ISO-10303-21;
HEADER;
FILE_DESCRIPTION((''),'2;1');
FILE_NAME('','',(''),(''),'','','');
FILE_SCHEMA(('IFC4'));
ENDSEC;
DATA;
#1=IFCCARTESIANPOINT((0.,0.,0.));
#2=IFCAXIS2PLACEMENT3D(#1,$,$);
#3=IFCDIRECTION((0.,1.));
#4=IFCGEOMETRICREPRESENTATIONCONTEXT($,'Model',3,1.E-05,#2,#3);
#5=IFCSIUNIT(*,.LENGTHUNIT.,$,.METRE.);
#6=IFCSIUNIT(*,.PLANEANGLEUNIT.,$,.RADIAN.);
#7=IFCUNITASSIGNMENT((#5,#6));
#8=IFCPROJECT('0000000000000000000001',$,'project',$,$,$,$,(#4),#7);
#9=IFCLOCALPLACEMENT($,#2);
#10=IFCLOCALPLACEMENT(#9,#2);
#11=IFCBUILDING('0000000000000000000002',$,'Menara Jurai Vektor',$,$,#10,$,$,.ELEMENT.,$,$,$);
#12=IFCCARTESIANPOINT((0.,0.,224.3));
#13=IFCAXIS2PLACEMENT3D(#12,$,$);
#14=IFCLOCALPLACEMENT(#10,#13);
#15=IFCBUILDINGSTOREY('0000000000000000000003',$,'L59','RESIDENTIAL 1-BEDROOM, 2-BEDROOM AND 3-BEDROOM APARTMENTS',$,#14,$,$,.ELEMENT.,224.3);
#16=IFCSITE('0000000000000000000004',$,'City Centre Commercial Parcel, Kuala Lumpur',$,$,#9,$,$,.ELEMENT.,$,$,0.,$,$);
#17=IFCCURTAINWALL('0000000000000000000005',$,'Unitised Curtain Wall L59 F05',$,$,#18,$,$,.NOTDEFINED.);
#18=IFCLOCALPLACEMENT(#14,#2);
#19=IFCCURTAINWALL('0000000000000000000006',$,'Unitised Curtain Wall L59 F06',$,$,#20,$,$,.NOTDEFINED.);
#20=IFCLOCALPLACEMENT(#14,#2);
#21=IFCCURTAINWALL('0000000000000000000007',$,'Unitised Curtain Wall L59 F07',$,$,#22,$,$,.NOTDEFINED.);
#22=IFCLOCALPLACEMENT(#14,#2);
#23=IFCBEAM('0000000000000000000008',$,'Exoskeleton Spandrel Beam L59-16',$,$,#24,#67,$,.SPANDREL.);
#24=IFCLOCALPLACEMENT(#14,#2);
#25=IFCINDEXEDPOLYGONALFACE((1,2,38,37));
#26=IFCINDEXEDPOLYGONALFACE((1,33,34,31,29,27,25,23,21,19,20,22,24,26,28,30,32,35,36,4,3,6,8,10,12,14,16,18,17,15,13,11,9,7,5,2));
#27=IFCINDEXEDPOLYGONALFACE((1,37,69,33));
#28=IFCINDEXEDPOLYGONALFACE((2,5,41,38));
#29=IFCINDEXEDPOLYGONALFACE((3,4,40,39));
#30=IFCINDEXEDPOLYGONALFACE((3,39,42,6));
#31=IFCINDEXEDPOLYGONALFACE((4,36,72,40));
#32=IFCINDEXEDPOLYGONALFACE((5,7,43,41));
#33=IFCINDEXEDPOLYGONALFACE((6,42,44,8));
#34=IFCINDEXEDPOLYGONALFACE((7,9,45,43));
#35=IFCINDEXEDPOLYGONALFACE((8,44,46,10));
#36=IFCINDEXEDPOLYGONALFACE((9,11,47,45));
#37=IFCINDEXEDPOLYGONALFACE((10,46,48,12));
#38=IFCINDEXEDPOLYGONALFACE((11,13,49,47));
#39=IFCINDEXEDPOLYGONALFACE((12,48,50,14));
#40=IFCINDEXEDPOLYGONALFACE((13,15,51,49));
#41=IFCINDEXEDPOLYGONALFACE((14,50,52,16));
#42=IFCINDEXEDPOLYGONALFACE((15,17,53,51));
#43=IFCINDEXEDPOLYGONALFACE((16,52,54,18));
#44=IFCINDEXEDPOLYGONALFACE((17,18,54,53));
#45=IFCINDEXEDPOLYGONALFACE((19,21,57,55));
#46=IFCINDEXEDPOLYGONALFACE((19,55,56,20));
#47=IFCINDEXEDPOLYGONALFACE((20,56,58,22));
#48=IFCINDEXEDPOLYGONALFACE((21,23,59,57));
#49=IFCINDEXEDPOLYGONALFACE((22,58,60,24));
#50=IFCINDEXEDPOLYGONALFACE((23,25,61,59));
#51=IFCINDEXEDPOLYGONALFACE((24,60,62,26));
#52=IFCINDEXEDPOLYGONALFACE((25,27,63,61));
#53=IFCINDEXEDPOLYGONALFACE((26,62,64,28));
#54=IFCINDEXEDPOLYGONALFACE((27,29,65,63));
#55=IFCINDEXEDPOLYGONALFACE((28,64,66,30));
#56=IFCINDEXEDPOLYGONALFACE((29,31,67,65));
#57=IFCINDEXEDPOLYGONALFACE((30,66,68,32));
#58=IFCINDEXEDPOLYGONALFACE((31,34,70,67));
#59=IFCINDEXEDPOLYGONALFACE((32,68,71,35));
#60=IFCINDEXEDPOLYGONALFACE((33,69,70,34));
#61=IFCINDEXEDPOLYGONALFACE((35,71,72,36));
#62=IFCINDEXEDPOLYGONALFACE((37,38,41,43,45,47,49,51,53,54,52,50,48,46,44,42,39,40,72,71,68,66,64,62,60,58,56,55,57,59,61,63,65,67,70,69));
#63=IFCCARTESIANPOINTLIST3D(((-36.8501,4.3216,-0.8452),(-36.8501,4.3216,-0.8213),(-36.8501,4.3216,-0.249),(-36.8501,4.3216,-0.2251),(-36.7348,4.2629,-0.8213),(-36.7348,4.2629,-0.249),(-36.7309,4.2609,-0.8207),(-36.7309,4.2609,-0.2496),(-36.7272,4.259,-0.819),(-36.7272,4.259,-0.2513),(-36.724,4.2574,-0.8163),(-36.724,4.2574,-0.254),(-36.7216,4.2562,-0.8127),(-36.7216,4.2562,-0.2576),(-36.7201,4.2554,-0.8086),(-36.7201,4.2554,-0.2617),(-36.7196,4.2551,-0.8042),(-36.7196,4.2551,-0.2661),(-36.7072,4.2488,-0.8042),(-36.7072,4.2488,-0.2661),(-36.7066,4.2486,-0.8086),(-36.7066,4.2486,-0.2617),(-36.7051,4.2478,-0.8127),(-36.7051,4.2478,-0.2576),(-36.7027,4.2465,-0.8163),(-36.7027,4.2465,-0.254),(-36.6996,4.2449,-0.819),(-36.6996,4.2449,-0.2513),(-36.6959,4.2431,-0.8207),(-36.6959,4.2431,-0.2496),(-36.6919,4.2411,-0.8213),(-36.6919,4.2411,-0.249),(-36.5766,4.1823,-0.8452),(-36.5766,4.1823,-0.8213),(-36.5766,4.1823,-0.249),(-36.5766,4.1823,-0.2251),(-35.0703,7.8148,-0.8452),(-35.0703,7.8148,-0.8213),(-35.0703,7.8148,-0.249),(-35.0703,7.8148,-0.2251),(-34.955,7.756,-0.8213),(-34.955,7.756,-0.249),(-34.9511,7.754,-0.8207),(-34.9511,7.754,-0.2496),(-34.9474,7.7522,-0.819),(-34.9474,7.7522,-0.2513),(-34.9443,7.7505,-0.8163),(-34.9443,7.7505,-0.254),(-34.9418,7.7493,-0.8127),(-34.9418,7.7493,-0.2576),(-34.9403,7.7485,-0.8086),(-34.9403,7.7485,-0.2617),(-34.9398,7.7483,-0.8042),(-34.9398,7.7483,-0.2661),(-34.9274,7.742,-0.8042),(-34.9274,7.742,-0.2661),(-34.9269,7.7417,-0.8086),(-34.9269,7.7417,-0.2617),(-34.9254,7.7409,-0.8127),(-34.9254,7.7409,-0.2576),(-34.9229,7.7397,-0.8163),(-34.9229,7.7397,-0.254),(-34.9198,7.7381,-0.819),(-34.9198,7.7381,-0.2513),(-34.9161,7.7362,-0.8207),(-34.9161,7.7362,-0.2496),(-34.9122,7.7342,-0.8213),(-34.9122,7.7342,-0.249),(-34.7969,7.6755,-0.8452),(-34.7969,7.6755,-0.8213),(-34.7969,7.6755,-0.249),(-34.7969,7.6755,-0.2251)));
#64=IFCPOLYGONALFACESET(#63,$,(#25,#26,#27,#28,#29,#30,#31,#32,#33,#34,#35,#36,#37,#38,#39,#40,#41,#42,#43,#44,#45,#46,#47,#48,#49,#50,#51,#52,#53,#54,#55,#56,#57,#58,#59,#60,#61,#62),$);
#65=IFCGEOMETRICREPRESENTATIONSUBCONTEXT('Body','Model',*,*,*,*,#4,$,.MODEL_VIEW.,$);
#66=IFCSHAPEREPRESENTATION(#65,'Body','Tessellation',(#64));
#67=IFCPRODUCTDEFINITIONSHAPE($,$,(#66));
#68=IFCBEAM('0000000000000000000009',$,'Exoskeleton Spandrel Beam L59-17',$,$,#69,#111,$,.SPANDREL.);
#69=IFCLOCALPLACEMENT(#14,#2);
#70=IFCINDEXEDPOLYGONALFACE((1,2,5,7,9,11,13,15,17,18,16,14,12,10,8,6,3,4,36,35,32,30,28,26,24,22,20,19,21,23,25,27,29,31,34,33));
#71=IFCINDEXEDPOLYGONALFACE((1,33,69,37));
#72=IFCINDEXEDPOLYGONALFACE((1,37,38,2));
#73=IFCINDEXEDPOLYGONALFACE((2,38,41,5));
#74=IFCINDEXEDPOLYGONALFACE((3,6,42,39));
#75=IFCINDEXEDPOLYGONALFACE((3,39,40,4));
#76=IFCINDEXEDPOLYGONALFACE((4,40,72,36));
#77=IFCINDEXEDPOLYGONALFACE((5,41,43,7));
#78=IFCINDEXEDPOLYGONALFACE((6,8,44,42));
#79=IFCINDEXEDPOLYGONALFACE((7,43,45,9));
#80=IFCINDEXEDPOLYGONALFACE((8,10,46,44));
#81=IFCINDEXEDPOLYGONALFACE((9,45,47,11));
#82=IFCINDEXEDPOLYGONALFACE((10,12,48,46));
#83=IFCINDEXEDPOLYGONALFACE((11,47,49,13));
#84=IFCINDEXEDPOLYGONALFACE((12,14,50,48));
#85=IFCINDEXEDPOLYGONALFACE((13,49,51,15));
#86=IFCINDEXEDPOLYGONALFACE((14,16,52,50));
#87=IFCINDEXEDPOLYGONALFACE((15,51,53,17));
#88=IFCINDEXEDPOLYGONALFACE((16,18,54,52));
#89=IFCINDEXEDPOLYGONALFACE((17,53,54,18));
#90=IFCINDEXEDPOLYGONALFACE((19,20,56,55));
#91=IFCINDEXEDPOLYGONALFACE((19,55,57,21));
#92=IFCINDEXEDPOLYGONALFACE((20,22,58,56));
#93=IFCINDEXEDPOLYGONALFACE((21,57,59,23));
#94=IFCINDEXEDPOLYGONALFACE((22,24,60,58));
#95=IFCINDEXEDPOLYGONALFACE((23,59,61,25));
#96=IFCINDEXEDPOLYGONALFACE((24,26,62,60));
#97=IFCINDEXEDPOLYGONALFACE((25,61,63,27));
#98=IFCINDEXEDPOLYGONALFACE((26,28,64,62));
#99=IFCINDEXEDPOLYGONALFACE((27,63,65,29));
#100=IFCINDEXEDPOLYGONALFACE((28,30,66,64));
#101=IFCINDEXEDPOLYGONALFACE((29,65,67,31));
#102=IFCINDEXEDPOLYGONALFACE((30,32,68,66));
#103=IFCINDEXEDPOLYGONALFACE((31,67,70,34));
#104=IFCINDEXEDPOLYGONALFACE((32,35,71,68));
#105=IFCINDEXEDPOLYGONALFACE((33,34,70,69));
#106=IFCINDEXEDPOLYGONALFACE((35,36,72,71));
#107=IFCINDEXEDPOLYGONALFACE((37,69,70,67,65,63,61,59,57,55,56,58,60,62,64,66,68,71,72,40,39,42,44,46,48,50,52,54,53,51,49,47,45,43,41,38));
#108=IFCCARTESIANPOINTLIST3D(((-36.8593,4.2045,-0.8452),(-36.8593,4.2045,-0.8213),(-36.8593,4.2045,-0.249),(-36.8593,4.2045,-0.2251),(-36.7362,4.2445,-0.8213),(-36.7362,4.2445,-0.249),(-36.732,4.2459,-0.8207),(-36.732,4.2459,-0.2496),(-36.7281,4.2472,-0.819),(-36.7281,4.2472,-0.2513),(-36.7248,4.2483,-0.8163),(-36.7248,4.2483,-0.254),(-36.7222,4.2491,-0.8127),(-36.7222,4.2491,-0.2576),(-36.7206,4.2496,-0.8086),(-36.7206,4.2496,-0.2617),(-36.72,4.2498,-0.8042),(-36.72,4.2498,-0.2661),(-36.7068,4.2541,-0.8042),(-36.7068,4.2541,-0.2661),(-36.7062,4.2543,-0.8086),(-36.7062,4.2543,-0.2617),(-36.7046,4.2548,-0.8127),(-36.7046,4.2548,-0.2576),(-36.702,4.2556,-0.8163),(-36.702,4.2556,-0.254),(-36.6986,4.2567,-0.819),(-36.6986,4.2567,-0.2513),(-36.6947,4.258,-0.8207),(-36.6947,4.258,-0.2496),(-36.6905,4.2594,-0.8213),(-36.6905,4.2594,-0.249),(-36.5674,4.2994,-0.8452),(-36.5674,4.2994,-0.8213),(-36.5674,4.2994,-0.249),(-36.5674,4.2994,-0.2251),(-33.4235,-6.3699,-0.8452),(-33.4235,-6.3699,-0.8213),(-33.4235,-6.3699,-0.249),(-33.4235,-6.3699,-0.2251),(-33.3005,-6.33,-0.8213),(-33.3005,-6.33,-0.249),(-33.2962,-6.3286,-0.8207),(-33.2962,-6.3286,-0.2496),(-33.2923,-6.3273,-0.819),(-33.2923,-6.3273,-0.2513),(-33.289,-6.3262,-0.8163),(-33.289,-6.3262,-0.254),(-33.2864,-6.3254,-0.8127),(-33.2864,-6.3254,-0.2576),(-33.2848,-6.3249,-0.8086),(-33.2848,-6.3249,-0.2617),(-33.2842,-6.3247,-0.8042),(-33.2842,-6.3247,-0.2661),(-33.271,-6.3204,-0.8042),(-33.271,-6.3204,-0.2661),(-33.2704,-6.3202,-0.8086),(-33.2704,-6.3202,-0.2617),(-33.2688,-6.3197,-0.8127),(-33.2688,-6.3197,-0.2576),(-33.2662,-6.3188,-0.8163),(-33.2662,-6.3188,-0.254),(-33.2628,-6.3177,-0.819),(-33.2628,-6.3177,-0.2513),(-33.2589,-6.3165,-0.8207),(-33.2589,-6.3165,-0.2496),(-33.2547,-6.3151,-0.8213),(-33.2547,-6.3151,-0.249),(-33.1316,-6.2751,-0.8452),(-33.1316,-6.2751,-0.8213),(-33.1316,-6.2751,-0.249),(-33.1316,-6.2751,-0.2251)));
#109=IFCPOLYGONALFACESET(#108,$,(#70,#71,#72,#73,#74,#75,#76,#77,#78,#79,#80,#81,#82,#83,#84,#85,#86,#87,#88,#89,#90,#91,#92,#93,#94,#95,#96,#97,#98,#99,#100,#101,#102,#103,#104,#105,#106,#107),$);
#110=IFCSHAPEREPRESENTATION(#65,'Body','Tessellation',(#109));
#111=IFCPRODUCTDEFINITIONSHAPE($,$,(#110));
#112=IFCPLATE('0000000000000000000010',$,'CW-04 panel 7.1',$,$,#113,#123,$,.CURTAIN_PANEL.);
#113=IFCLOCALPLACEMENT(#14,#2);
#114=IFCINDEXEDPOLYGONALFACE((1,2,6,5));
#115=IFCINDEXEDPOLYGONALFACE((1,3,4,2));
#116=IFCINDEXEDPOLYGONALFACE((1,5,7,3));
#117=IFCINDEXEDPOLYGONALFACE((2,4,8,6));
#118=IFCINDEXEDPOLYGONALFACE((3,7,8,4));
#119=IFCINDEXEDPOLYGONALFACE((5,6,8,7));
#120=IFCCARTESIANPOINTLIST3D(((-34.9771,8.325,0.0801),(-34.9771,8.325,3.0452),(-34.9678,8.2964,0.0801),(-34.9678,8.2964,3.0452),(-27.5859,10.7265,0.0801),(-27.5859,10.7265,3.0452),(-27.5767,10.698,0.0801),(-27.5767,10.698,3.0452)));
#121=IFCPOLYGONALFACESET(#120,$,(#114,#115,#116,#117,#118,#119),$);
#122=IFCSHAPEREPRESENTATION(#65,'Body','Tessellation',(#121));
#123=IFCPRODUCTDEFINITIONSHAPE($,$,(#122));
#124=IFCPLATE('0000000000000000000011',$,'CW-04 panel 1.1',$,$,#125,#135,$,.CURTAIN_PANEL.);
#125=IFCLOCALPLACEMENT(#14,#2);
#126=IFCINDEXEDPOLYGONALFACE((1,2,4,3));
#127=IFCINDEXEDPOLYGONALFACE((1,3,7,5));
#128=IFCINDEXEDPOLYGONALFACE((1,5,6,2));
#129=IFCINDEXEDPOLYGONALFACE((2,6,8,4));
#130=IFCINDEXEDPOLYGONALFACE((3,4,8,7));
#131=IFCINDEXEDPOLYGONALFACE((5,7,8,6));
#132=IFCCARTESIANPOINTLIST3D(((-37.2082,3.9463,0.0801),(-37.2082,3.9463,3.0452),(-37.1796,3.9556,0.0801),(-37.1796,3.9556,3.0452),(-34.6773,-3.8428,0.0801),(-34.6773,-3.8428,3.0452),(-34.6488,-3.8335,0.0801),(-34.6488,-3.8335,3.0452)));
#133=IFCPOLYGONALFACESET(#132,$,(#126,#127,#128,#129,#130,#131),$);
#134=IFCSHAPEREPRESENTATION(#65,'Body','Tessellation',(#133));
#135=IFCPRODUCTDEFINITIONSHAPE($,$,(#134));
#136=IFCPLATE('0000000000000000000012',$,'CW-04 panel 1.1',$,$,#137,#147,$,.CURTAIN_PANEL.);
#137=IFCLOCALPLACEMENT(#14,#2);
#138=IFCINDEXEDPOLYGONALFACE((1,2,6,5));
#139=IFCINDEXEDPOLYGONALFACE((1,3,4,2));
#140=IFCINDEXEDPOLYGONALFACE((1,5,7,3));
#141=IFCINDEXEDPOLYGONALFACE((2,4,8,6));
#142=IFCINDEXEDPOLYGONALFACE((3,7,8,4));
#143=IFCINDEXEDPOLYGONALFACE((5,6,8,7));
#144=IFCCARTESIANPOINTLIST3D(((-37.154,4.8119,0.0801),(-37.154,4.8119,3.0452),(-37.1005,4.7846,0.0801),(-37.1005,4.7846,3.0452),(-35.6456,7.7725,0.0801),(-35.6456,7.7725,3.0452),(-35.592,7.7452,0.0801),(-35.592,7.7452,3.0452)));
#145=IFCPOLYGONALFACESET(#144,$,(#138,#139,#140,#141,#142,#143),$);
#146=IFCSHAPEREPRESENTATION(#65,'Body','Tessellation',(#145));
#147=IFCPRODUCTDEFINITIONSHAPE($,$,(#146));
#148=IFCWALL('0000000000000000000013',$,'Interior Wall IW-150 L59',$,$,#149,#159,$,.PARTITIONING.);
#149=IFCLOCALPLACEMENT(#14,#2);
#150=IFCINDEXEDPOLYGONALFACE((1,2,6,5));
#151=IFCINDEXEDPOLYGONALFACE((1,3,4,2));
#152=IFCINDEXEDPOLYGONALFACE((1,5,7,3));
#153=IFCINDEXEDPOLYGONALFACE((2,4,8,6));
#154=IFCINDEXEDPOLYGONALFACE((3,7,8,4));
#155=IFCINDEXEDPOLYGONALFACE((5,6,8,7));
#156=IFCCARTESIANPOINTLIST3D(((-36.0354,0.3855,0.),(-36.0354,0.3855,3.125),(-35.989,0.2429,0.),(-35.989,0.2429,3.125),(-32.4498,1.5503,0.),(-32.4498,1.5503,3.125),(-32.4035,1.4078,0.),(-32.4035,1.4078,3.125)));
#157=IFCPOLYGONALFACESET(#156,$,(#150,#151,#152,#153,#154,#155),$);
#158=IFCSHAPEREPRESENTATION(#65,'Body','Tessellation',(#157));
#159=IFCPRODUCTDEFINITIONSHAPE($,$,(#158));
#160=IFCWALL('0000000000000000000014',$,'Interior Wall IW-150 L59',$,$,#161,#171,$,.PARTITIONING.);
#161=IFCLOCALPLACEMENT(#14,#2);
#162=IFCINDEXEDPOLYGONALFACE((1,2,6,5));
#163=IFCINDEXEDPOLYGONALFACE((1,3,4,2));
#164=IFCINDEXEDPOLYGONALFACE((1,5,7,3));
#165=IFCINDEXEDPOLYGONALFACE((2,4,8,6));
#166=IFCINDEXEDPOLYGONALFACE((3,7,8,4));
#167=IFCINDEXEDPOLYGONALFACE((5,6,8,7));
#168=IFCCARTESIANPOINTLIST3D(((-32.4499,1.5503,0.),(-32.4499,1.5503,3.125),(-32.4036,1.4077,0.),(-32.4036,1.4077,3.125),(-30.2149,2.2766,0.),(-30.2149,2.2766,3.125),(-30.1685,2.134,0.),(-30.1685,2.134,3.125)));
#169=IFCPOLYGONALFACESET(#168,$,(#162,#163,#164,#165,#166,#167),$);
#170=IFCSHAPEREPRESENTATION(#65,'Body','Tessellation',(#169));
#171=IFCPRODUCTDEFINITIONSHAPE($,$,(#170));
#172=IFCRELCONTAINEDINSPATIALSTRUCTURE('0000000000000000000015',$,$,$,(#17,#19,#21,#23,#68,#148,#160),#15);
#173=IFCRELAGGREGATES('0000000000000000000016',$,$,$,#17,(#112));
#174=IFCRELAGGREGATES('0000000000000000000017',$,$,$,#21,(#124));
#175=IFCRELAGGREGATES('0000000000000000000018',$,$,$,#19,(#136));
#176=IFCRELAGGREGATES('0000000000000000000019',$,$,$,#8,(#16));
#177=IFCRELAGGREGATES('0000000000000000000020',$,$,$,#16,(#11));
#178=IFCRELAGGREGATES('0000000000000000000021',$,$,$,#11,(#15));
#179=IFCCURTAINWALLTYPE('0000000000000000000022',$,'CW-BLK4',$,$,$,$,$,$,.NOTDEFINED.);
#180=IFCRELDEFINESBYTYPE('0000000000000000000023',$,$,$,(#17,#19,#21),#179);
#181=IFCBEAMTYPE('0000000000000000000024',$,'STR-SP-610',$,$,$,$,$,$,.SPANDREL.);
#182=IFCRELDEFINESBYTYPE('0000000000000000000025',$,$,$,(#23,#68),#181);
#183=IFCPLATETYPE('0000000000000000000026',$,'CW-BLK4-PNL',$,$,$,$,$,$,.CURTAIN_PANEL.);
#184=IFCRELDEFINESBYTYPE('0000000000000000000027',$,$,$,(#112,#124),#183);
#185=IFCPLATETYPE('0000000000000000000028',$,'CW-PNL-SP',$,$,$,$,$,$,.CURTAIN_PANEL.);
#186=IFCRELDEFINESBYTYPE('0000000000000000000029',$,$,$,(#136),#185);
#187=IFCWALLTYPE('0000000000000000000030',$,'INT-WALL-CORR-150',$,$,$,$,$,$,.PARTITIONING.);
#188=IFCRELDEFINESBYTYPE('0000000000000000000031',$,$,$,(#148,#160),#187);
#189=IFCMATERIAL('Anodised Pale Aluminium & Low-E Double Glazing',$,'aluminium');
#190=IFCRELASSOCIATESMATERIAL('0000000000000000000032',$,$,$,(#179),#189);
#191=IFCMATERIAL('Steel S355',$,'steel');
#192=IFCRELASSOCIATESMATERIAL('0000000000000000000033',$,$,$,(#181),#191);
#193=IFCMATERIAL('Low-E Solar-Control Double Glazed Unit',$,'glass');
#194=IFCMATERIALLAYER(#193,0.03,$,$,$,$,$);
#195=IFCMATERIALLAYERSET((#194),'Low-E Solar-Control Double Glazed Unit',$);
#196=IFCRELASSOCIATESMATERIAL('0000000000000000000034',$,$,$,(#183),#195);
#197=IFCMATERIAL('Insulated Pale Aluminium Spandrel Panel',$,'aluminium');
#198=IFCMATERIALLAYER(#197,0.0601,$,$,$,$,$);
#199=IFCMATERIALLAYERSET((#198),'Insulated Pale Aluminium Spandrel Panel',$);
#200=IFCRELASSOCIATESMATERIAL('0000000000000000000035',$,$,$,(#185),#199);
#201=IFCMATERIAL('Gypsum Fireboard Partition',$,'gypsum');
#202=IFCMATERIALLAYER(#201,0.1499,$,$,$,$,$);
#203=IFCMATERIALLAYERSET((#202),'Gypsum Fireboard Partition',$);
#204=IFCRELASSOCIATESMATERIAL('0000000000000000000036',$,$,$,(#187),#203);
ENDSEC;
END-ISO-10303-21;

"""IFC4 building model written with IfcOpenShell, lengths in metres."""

from ifc_helpers import new_model, si_unit, direction, frame, frame_2d, origin, origin_2d, place, context, subcontext, project, spatial, rectangle, i_section, extrude, material, layer, layer_set, material_profile, profile_set, type_object, element, aggregate, save


model = new_model("IFC4")

# Units and contexts
model_context = context("Model", 3, precision=1e-05, world=origin(), true_north=direction((0.0, 1.0)))
body_context = subcontext(model_context, "Body", "Model", "MODEL_VIEW")
ifc_project = project(units=[si_unit("LENGTHUNIT", "METRE"), si_unit("PLANEANGLEUNIT", "RADIAN")], contexts=[model_context])

# Site, building, storey
site_placement = place(None, origin())
site = spatial("IfcSite", under=ifc_project, at=site_placement, Name="City Centre Commercial Parcel, Kuala Lumpur", CompositionType="ELEMENT", RefElevation=0.0)
building_placement = place(site_placement, origin())
building = spatial("IfcBuilding", under=site, at=building_placement, Name="Menara Jurai Vektor", CompositionType="ELEMENT")
storey_placement = place(building_placement, frame((0.0, 0.0, 224.3)))
storey = spatial("IfcBuildingStorey", under=building, at=storey_placement, Name="L59", Description="RESIDENTIAL 1-BEDROOM, 2-BEDROOM AND 3-BEDROOM APARTMENTS", CompositionType="ELEMENT", Elevation=224.3)

# Curtain wall
ifc_material_1 = material(Name="Anodised Pale Aluminium & Low-E Double Glazing", Category="aluminium")
curtain_wall_type = type_object("IfcCurtainWallType", Name="CW-BLK4", PredefinedType="NOTDEFINED", material=ifc_material_1)
curtain_wall_1_placement = place(storey_placement, origin())
curtain_wall_1 = element("IfcCurtainWall", 1, at=curtain_wall_1_placement, inside=storey, type_object=curtain_wall_type, Name="Unitised Curtain Wall L59 F05", PredefinedType="NOTDEFINED")

# Curtain wall
curtain_wall_2_placement = place(storey_placement, origin())
curtain_wall_2 = element("IfcCurtainWall", 2, at=curtain_wall_2_placement, inside=storey, type_object=curtain_wall_type, Name="Unitised Curtain Wall L59 F06", PredefinedType="NOTDEFINED")

# Curtain wall
curtain_wall_3_placement = place(storey_placement, origin())
curtain_wall_3 = element("IfcCurtainWall", 3, at=curtain_wall_3_placement, inside=storey, type_object=curtain_wall_type, Name="Unitised Curtain Wall L59 F07", PredefinedType="NOTDEFINED")

# Shared definitions
ifc_material_2 = material(Name="Steel S355", Category="steel")

# Beams
ifc_material_profile_1 = material_profile(ifc_material_2, i_section(OverallWidth=0.3069, OverallDepth=0.6201, WebThickness=0.0139, FlangeThickness=0.0239, FilletRadius=0.0171, at=origin_2d()), Name="UKB 610x305x179")
ifc_profile_set_1 = profile_set([ifc_material_profile_1], Name="Steel S355")
beam_type_1 = type_object("IfcBeamType", Name="STR-SP-610", PredefinedType="SPANDREL", material=ifc_profile_set_1)
beam_1_placement = place(storey_placement, frame((-34.9336, 7.7451, -0.5352), z_axis=(-0.453976, -0.891014, 0.0), x_axis=(0.891014, -0.453976, 0.0)))
element("IfcBeam", 4, at=beam_1_placement, inside=storey, type_object=beam_type_1, Name="Exoskeleton Spandrel Beam L59-16", PredefinedType="SPANDREL", context=body_context, shape_type="SweptSolid", body=[
    extrude(i_section(OverallWidth=0.3069, OverallDepth=0.6201, WebThickness=0.0139, FlangeThickness=0.0239, FilletRadius=0.0171, at=origin_2d()), origin(), (0.0, 0.0, 1.0), 3.9204),
])
beam_2_placement = place(storey_placement, frame((-36.7134, 4.252, -0.5352), z_axis=(0.309012, -0.951058, 0.0), x_axis=(0.951058, 0.309012, 0.0)))
element("IfcBeam", 5, at=beam_2_placement, inside=storey, type_object=beam_type_1, Name="Exoskeleton Spandrel Beam L59-17", PredefinedType="SPANDREL", context=body_context, shape_type="SweptSolid", body=[
    extrude(i_section(OverallWidth=0.3069, OverallDepth=0.6201, WebThickness=0.0139, FlangeThickness=0.0239, FilletRadius=0.0171, at=origin_2d()), origin(), (0.0, 0.0, 1.0), 11.1187),
])

# Plates
ifc_material_3 = material(Name="Low-E Solar-Control Double Glazed Unit", Category="glass")
ifc_layer_1 = layer(ifc_material_3, 0.03)
ifc_layer_set_1 = layer_set([ifc_layer_1], Name="Low-E Solar-Control Double Glazed Unit")
plate_type_1 = type_object("IfcPlateType", Name="CW-BLK4-PNL", PredefinedType="CURTAIN_PANEL", material=ifc_layer_set_1)
plate_1_placement = place(storey_placement, frame((-31.2769, 9.5115, 0.0801), z_axis=(0.0, 0.0, 1.0), x_axis=(-0.951056, -0.309017, 0.0)))
plate_1 = element("IfcPlate", 6, at=plate_1_placement, type_object=plate_type_1, Name="CW-04 panel 7.1", PredefinedType="CURTAIN_PANEL", context=body_context, shape_type="SweptSolid", body=[
    extrude(rectangle(XDim=7.7715, YDim=0.03, at=origin_2d()), origin(), (0.0, 0.0, 1.0), 2.9651),
])
aggregate(curtain_wall_1, [plate_1])
plate_2_placement = place(storey_placement, frame((-35.9285, 0.0564, 0.0801), z_axis=(0.0, 0.0, 1.0), x_axis=(0.309016, -0.951057, 0.0)))
plate_2 = element("IfcPlate", 7, at=plate_2_placement, type_object=plate_type_1, Name="CW-04 panel 1.1", PredefinedType="CURTAIN_PANEL", context=body_context, shape_type="SweptSolid", body=[
    extrude(rectangle(XDim=8.1899, YDim=0.03, at=origin_2d()), origin(), (0.0, 0.0, 1.0), 2.9651),
])
aggregate(curtain_wall_3, [plate_2])
ifc_material_4 = material(Name="Insulated Pale Aluminium Spandrel Panel", Category="aluminium")
ifc_layer_2 = layer(ifc_material_4, 0.0601)
ifc_layer_set_2 = layer_set([ifc_layer_2], Name="Insulated Pale Aluminium Spandrel Panel")
plate_type_2 = type_object("IfcPlateType", Name="CW-PNL-SP", PredefinedType="CURTAIN_PANEL", material=ifc_layer_set_2)
plate_3_placement = place(storey_placement, frame((-36.373, 6.2786, 0.0801), z_axis=(0.0, 0.0, 1.0), x_axis=(-0.453989, -0.891008, 0.0)))
plate_3 = element("IfcPlate", 8, at=plate_3_placement, type_object=plate_type_2, Name="CW-04 panel 1.1", PredefinedType="CURTAIN_PANEL", context=body_context, shape_type="SweptSolid", body=[
    extrude(rectangle(XDim=3.3228, YDim=0.0601, at=origin_2d()), origin(), (0.0, 0.0, 1.0), 2.9651),
])
aggregate(curtain_wall_2, [plate_3])

# Walls
ifc_material_5 = material(Name="Gypsum Fireboard Partition", Category="gypsum")
ifc_layer_3 = layer(ifc_material_5, 0.1499)
ifc_layer_set_3 = layer_set([ifc_layer_3], Name="Gypsum Fireboard Partition")
wall_type = type_object("IfcWallType", Name="INT-WALL-CORR-150", PredefinedType="PARTITIONING", material=ifc_layer_set_3)
wall_1_placement = place(storey_placement, frame((-36.0122, 0.3142, 0.0), z_axis=(0.0, 0.0, 1.0), x_axis=(0.951071, 0.308972, 0.0)))
element("IfcWall", 9, at=wall_1_placement, inside=storey, type_object=wall_type, Name="Interior Wall IW-150 L59", PredefinedType="PARTITIONING", context=body_context, shape_type="SweptSolid", body=[
    extrude(rectangle(XDim=3.77, YDim=0.1499, at=frame_2d((1.885, 0.0))), origin(), (0.0, 0.0, 1.0), 3.125),
])
wall_2_placement = place(storey_placement, frame((-32.4268, 1.479, 0.0), z_axis=(0.0, 0.0, 1.0), x_axis=(0.951046, 0.309051, 0.0)))
element("IfcWall", 10, at=wall_2_placement, inside=storey, type_object=wall_type, Name="Interior Wall IW-150 L59", PredefinedType="PARTITIONING", context=body_context, shape_type="SweptSolid", body=[
    extrude(rectangle(XDim=2.3501, YDim=0.1499, at=frame_2d((1.175, 0.0))), origin(), (0.0, 0.0, 1.0), 3.125),
])

save(model, "model.ifc")
